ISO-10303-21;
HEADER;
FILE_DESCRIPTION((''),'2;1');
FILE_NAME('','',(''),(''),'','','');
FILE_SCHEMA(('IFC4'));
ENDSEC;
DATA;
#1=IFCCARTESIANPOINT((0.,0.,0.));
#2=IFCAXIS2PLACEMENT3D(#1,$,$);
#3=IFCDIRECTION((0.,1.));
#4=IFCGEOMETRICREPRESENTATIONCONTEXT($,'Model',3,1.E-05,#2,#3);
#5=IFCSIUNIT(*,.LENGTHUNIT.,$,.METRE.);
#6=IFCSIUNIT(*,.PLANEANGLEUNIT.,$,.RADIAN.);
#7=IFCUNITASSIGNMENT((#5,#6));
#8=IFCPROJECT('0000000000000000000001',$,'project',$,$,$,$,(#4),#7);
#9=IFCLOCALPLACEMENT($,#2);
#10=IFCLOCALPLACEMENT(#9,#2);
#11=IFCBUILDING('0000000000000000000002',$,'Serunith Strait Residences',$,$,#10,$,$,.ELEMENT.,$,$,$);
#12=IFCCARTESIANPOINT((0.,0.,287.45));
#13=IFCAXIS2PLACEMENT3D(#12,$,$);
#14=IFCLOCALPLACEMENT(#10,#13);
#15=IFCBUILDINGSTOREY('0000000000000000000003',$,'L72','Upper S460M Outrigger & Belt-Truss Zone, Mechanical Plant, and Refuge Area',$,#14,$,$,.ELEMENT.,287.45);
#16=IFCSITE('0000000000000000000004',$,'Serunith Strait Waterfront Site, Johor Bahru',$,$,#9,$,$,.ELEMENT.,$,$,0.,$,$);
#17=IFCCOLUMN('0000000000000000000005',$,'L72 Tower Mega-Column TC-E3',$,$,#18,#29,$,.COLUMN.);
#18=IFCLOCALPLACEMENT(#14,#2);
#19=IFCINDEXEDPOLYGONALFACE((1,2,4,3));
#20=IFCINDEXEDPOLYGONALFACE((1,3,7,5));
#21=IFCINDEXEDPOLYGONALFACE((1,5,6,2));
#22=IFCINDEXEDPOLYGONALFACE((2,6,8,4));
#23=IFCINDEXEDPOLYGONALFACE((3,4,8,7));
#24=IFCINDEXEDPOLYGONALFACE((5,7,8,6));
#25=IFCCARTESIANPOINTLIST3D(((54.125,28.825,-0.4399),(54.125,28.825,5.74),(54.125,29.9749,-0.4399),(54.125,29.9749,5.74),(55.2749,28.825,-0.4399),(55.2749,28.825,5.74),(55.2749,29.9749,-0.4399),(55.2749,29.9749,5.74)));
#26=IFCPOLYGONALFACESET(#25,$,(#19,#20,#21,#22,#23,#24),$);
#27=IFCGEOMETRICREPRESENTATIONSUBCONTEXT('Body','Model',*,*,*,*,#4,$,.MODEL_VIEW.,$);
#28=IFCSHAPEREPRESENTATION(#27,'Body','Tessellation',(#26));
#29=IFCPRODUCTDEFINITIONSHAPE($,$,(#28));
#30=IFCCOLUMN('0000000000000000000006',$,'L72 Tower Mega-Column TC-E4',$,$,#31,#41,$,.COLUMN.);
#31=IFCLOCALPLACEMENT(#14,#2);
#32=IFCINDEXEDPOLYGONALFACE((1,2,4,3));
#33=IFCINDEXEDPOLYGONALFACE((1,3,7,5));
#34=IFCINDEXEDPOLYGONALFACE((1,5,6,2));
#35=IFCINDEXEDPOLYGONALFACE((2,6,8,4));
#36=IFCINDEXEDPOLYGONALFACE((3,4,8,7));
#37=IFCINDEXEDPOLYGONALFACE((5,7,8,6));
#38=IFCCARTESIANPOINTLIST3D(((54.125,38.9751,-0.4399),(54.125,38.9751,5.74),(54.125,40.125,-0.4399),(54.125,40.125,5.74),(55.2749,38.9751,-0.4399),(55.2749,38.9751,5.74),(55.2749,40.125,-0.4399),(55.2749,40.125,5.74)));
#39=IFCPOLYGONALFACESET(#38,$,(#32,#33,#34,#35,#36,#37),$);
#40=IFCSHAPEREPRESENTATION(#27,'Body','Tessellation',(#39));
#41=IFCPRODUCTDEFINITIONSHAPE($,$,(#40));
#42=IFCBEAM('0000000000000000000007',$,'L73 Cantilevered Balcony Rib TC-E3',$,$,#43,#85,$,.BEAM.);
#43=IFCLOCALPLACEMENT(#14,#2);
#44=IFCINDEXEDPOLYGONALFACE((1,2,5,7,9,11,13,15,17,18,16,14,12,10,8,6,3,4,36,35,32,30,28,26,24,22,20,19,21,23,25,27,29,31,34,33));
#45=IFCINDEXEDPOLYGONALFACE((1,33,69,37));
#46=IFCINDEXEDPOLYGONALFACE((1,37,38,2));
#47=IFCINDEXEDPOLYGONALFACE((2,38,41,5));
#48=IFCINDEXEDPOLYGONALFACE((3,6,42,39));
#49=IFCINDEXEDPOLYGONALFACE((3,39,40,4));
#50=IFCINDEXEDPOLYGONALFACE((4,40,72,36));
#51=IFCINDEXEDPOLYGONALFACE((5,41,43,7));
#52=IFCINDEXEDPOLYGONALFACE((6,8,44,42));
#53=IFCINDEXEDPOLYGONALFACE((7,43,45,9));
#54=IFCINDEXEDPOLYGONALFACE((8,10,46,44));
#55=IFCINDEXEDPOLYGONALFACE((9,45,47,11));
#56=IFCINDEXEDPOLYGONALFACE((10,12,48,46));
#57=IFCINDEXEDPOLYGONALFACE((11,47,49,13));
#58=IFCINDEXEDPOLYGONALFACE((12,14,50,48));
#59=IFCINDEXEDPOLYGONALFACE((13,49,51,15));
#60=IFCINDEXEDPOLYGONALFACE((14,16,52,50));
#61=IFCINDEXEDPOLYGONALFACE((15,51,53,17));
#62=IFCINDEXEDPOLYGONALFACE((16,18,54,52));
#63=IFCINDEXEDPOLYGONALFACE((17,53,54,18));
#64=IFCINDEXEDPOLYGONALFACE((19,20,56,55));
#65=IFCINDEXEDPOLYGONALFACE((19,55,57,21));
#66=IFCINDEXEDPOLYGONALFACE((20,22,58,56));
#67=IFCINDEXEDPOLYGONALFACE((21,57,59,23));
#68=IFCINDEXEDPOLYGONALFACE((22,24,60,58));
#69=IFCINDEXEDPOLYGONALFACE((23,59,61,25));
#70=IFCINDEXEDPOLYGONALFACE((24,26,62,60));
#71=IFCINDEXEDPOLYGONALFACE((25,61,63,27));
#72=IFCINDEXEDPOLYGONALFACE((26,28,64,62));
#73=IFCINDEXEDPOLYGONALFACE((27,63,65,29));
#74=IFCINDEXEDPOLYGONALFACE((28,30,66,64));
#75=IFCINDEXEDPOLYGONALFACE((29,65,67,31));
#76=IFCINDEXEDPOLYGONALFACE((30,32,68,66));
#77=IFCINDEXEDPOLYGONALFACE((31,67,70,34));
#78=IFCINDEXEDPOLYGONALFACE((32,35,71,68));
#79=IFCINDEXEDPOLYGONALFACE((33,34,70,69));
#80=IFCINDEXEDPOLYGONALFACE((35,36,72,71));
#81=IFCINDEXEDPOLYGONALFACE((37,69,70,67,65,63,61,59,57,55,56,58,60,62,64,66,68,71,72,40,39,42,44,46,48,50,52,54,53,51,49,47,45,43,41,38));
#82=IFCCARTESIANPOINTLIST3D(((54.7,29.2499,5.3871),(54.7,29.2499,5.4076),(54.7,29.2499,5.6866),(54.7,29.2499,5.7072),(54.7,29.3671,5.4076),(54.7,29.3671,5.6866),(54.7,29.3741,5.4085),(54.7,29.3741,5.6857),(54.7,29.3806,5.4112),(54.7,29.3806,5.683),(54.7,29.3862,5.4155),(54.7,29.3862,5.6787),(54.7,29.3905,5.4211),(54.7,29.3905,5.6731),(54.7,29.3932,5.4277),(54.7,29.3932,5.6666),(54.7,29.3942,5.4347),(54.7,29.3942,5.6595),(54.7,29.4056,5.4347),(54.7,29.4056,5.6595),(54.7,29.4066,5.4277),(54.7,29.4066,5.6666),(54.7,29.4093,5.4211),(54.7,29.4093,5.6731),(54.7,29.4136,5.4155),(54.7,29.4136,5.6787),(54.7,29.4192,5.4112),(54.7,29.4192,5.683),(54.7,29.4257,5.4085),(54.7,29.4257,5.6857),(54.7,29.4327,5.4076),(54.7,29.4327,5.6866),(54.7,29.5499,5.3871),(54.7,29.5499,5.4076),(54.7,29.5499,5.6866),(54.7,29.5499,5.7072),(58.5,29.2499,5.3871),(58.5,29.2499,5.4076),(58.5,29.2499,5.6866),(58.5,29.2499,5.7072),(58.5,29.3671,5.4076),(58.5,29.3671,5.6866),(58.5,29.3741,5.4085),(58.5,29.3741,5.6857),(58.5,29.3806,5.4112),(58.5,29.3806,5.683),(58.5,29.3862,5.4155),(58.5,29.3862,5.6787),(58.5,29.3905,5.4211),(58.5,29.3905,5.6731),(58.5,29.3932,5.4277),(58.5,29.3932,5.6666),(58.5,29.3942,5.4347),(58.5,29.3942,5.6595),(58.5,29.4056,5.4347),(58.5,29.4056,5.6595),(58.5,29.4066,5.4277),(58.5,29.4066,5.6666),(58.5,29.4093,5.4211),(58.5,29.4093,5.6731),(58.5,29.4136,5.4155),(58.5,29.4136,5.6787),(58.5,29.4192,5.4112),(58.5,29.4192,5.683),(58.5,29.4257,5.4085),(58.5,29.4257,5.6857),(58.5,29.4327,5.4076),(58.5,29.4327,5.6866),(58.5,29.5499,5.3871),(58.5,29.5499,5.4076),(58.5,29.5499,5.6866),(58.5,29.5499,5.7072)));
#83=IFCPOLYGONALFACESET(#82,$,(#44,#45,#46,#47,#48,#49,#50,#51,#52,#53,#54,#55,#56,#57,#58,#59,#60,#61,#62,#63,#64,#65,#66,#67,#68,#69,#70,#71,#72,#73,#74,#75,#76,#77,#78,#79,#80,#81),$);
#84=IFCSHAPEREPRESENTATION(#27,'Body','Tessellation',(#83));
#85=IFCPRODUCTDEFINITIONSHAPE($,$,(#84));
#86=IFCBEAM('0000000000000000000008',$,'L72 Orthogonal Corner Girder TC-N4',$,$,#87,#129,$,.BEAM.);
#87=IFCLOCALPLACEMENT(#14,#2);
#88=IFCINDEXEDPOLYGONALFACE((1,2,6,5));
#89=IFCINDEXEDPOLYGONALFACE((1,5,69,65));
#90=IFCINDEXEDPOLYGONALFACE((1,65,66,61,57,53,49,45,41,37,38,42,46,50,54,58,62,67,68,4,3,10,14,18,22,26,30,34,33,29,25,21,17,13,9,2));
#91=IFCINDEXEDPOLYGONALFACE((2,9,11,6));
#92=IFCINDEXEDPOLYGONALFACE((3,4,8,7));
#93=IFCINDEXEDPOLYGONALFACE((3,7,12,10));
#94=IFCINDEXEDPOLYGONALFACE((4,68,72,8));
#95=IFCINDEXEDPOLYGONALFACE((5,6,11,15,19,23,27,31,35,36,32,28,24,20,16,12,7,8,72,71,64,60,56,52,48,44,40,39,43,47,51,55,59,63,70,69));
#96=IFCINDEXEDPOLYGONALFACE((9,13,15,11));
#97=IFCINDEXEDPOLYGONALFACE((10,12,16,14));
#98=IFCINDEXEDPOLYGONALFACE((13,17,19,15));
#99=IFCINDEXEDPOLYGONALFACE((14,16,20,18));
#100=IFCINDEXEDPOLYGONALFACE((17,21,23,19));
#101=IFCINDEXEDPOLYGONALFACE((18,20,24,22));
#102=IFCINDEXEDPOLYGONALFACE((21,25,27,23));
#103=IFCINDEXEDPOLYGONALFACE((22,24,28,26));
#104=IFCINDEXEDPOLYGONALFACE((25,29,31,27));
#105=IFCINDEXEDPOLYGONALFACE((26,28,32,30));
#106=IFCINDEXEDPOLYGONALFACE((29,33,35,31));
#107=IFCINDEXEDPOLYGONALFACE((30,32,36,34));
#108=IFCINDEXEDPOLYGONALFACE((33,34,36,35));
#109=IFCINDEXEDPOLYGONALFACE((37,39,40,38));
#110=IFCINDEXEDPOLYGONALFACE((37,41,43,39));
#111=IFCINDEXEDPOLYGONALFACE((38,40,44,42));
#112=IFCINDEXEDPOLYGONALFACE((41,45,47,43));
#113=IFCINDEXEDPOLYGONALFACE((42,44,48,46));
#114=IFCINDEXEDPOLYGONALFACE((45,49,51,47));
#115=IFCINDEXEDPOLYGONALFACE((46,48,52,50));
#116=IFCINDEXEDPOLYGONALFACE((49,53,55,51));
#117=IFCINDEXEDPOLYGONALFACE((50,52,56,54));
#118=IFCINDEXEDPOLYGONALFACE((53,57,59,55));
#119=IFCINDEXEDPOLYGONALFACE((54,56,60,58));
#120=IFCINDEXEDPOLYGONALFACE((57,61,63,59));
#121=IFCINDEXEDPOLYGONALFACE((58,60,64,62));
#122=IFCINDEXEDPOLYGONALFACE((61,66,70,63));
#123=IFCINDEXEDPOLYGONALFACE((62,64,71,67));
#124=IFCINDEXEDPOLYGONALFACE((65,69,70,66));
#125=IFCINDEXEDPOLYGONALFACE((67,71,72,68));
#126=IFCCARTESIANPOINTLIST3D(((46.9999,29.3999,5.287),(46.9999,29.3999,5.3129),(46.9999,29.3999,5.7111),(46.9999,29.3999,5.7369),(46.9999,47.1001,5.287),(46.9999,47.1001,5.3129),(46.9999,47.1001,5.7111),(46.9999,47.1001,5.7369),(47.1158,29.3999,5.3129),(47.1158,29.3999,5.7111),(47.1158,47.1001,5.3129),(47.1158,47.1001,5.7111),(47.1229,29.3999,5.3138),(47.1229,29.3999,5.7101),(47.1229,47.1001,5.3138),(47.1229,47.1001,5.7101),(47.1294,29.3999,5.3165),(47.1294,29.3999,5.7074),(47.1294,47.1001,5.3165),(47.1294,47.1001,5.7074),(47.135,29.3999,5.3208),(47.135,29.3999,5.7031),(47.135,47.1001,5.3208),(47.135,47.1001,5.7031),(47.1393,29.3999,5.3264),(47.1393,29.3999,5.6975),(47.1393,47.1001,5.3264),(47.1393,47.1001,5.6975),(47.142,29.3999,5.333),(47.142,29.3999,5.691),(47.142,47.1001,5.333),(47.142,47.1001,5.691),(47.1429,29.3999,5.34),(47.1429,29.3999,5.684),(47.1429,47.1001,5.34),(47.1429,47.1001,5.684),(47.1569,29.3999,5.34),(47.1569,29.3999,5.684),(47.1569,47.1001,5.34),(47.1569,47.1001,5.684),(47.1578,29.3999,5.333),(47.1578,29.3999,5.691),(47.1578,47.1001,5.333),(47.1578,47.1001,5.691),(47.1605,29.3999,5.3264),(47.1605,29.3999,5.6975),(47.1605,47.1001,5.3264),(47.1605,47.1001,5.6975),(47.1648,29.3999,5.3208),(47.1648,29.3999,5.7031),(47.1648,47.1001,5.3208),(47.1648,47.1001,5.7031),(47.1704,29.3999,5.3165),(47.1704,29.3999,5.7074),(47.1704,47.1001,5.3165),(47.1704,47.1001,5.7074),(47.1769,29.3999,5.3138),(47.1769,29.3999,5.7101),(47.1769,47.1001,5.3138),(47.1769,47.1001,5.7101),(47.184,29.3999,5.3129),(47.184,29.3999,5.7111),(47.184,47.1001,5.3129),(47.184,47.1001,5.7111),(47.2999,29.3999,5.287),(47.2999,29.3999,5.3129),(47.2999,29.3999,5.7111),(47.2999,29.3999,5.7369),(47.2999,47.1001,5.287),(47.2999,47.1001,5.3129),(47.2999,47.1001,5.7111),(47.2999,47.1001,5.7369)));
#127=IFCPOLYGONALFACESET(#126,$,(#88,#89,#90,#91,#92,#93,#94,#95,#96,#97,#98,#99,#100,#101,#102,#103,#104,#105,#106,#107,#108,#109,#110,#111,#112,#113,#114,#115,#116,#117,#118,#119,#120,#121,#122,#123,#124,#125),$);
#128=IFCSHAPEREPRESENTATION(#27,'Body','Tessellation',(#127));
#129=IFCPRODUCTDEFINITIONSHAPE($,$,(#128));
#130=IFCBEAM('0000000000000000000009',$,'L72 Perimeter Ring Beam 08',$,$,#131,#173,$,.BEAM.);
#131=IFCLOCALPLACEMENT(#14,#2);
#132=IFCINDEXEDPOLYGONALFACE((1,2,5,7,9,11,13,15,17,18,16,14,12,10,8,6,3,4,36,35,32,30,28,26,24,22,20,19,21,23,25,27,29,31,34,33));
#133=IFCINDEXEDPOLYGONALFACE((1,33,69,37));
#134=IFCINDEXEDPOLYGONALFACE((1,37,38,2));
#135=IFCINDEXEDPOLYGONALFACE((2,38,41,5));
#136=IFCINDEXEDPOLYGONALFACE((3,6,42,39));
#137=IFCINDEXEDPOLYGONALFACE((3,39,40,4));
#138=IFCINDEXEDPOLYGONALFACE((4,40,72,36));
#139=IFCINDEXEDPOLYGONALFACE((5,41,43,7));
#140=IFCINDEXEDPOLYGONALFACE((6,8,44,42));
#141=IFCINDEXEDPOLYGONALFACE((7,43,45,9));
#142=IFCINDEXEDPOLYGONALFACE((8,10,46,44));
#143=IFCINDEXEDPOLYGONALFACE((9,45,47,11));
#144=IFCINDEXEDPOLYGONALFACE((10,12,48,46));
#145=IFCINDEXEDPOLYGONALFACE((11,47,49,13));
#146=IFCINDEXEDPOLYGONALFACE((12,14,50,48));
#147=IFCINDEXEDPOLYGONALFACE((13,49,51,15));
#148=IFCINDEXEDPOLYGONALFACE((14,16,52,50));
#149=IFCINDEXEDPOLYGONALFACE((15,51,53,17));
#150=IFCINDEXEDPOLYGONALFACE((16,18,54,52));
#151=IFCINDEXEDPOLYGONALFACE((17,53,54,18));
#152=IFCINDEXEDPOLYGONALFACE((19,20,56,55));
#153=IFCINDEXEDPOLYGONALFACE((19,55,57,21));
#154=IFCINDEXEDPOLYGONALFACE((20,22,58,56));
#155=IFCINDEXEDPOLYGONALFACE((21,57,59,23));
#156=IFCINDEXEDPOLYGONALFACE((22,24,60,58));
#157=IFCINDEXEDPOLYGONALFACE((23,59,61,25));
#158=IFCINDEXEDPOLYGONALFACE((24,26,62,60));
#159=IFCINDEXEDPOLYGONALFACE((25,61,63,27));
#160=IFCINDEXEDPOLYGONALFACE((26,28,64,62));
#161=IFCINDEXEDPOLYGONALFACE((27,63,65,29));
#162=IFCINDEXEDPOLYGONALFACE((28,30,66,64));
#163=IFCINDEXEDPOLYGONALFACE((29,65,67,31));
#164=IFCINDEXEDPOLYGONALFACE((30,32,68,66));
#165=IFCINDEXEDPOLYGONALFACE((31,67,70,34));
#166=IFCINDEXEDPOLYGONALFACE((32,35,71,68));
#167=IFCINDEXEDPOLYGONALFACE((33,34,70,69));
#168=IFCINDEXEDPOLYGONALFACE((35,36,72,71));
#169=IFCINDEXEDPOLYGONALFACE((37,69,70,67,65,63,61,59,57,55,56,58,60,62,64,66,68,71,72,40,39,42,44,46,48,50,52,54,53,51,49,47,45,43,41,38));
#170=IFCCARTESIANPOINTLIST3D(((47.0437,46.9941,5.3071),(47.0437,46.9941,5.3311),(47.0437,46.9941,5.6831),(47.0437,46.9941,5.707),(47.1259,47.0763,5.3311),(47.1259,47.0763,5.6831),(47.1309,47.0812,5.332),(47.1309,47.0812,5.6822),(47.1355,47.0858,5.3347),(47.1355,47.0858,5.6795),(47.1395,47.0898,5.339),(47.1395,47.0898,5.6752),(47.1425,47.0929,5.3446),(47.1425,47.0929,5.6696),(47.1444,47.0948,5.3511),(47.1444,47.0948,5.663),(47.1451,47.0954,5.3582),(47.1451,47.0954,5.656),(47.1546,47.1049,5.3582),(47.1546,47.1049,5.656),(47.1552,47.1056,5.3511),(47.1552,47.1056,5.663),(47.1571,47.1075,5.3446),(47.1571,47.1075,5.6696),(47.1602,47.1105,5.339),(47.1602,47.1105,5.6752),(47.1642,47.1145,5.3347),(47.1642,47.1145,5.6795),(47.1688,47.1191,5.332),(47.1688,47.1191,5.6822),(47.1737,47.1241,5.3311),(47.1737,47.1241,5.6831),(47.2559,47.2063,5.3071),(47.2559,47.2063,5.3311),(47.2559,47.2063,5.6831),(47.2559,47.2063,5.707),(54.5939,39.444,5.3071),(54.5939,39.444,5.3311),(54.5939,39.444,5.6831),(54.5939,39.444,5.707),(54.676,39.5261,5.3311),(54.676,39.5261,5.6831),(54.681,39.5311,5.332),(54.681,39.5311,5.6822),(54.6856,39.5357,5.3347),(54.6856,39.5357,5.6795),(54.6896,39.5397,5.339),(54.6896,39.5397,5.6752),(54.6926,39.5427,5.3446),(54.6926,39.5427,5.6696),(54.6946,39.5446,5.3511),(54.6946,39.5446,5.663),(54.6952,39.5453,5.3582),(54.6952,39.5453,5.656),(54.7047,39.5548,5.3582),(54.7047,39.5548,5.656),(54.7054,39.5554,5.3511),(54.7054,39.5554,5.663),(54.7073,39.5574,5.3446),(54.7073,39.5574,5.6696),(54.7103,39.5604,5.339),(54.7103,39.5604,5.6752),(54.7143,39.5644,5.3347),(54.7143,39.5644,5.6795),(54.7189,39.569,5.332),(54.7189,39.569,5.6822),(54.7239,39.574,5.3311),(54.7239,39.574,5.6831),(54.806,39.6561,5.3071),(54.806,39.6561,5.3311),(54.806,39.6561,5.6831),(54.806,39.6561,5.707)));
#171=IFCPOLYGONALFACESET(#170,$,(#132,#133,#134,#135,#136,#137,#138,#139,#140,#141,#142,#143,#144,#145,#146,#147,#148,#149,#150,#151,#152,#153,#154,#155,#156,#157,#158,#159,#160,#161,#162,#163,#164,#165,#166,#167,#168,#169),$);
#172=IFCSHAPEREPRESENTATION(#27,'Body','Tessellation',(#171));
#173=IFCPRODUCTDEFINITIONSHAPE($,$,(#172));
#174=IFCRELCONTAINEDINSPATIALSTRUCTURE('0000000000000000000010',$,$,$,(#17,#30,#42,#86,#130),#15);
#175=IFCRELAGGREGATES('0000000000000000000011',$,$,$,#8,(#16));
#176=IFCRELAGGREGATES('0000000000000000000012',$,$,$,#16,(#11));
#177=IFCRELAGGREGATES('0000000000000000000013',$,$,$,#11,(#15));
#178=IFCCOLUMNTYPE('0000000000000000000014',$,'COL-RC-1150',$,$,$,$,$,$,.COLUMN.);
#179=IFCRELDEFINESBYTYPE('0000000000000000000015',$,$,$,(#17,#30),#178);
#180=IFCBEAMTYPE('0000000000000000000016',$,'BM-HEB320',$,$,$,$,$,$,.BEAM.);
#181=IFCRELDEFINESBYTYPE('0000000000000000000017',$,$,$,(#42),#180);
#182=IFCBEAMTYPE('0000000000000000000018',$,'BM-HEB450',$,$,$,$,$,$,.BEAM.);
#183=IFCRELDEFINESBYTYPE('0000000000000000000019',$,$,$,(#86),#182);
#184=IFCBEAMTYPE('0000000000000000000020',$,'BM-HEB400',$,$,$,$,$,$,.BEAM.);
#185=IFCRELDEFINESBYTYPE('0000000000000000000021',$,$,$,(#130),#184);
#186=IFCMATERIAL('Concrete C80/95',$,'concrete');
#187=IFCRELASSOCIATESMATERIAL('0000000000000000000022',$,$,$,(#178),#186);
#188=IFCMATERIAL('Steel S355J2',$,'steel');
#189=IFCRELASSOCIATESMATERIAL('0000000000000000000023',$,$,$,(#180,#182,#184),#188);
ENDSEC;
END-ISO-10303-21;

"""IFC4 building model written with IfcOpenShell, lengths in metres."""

from ifc_helpers import new_model, si_unit, direction, frame, origin, origin_2d, place, context, subcontext, project, spatial, rectangle, i_section, extrude, source, transform, mapped, material, material_profile, profile_set, type_object, element, save


model = new_model("IFC4")

# Units and contexts
model_context = context("Model", 3, precision=1e-05, world=origin(), true_north=direction((0.0, 1.0)))
body_context = subcontext(model_context, "Body", "Model", "MODEL_VIEW")
ifc_project = project(units=[si_unit("LENGTHUNIT", "METRE"), si_unit("PLANEANGLEUNIT", "RADIAN")], contexts=[model_context])

# Site, building, storey
site_placement = place(None, origin())
site = spatial("IfcSite", under=ifc_project, at=site_placement, Name="Serunith Strait Waterfront Site, Johor Bahru", CompositionType="ELEMENT", RefElevation=0.0)
building_placement = place(site_placement, origin())
building = spatial("IfcBuilding", under=site, at=building_placement, Name="Serunith Strait Residences", CompositionType="ELEMENT")
storey_placement = place(building_placement, frame((0.0, 0.0, 287.45)))
storey = spatial("IfcBuildingStorey", under=building, at=storey_placement, Name="L72", Description="Upper S460M Outrigger & Belt-Truss Zone, Mechanical Plant, and Refuge Area", CompositionType="ELEMENT", Elevation=287.45)

# Columns
ifc_material_1 = material(Name="Concrete C80/95", Category="concrete")
ifc_material_profile_1 = material_profile(ifc_material_1, rectangle(XDim=1.1499, YDim=1.1499, at=origin_2d()), Name="RC 1150x1150")
ifc_profile_set_1 = profile_set([ifc_material_profile_1], Name="Concrete C80/95")
column_type = type_object("IfcColumnType", Name="COL-RC-1150", PredefinedType="COLUMN", material=ifc_profile_set_1)
shared_shape_1 = source(origin(), body_context, "Body", "SweptSolid", [
    extrude(rectangle(XDim=1.1499, YDim=1.1499, at=origin_2d()), origin(), (0.0, 0.0, 1.0), 6.1799),
])
for number, where, z_axis, x_axis, name in (
    (1, (54.7, 29.3999, -0.4399), (0.0, 0.0, 1.0), (1.0, 0.0, 0.0), "L72 Tower Mega-Column TC-E3"),
    (2, (54.7, 39.55, -0.4399), (0.0, 0.0, 1.0), (1.0, 0.0, 0.0), "L72 Tower Mega-Column TC-E4"),
):
    element("IfcColumn", number, at=place(storey_placement, frame(where, z_axis=z_axis, x_axis=x_axis)), inside=storey, type_object=column_type, Name=name, PredefinedType="COLUMN", context=body_context, shape_type="MappedRepresentation", body=[
        mapped(shared_shape_1, transform((0.0, 0.0, 0.0), scale=1.0)),
    ])

# Beams
ifc_material_2 = material(Name="Steel S355J2", Category="steel")
ifc_material_profile_2 = material_profile(ifc_material_2, i_section(OverallWidth=0.3, OverallDepth=0.3201, WebThickness=0.0115, FlangeThickness=0.0205, FilletRadius=0.0271, at=origin_2d()), Name="HEB 320")
ifc_profile_set_2 = profile_set([ifc_material_profile_2], Name="Steel S355J2")
beam_type_1 = type_object("IfcBeamType", Name="BM-HEB320", PredefinedType="BEAM", material=ifc_profile_set_2)
shared_shape_2 = source(origin(), body_context, "Body", "SweptSolid", [
    extrude(i_section(OverallWidth=0.3, OverallDepth=0.3201, WebThickness=0.0115, FlangeThickness=0.0205, FilletRadius=0.0271, at=origin_2d()), origin(), (0.0, 0.0, 1.0), 3.8),
])
beam_1_placement = place(storey_placement, frame((54.7, 29.3999, 5.5471), z_axis=(1.0, 0.0, 0.0), x_axis=(0.0, 1.0, 0.0)))
element("IfcBeam", 3, at=beam_1_placement, inside=storey, type_object=beam_type_1, Name="L73 Cantilevered Balcony Rib TC-E3", PredefinedType="BEAM", context=body_context, shape_type="MappedRepresentation", body=[
    mapped(shared_shape_2, transform((0.0, 0.0, 0.0), scale=1.0)),
])
ifc_material_profile_3 = material_profile(ifc_material_2, i_section(OverallWidth=0.3, OverallDepth=0.45, WebThickness=0.0139, FlangeThickness=0.0259, FilletRadius=0.0271, at=origin_2d()), Name="HEB 450")
ifc_profile_set_3 = profile_set([ifc_material_profile_3], Name="Steel S355J2")
beam_type_2 = type_object("IfcBeamType", Name="BM-HEB450", PredefinedType="BEAM", material=ifc_profile_set_3)
shared_shape_3 = source(origin(), body_context, "Body", "SweptSolid", [
    extrude(i_section(OverallWidth=0.3, OverallDepth=0.45, WebThickness=0.0139, FlangeThickness=0.0259, FilletRadius=0.0271, at=origin_2d()), origin(), (0.0, 0.0, 1.0), 17.7002),
])
beam_2_placement = place(storey_placement, frame((47.1499, 29.3999, 5.512), z_axis=(0.0, 1.0, 0.0), x_axis=(-1.0, 0.0, 0.0)))
element("IfcBeam", 4, at=beam_2_placement, inside=storey, type_object=beam_type_2, Name="L72 Orthogonal Corner Girder TC-N4", PredefinedType="BEAM", context=body_context, shape_type="MappedRepresentation", body=[
    mapped(shared_shape_3, transform((0.0, 0.0, 0.0), scale=1.0)),
])
ifc_material_profile_4 = material_profile(ifc_material_2, i_section(OverallWidth=0.3, OverallDepth=0.3999, WebThickness=0.0134, FlangeThickness=0.0239, FilletRadius=0.0271, at=origin_2d()), Name="HEB 400")
ifc_profile_set_4 = profile_set([ifc_material_profile_4], Name="Steel S355J2")
beam_type_3 = type_object("IfcBeamType", Name="BM-HEB400", PredefinedType="BEAM", material=ifc_profile_set_4)
shared_shape_4 = source(origin(), body_context, "Body", "SweptSolid", [
    extrude(i_section(OverallWidth=0.3, OverallDepth=0.3999, WebThickness=0.0134, FlangeThickness=0.0239, FilletRadius=0.0271, at=origin_2d()), origin(), (0.0, 0.0, 1.0), 10.6775),
])
beam_3_placement = place(storey_placement, frame((54.7, 39.55, 5.5071), z_axis=(-0.707107, 0.707107, 0.0), x_axis=(-0.707107, -0.707107, 0.0)))
element("IfcBeam", 5, at=beam_3_placement, inside=storey, type_object=beam_type_3, Name="L72 Perimeter Ring Beam 08", PredefinedType="BEAM", context=body_context, shape_type="MappedRepresentation", body=[
    mapped(shared_shape_4, transform((0.0, 0.0, 0.0), scale=1.0)),
])

save(model, "model.ifc")
